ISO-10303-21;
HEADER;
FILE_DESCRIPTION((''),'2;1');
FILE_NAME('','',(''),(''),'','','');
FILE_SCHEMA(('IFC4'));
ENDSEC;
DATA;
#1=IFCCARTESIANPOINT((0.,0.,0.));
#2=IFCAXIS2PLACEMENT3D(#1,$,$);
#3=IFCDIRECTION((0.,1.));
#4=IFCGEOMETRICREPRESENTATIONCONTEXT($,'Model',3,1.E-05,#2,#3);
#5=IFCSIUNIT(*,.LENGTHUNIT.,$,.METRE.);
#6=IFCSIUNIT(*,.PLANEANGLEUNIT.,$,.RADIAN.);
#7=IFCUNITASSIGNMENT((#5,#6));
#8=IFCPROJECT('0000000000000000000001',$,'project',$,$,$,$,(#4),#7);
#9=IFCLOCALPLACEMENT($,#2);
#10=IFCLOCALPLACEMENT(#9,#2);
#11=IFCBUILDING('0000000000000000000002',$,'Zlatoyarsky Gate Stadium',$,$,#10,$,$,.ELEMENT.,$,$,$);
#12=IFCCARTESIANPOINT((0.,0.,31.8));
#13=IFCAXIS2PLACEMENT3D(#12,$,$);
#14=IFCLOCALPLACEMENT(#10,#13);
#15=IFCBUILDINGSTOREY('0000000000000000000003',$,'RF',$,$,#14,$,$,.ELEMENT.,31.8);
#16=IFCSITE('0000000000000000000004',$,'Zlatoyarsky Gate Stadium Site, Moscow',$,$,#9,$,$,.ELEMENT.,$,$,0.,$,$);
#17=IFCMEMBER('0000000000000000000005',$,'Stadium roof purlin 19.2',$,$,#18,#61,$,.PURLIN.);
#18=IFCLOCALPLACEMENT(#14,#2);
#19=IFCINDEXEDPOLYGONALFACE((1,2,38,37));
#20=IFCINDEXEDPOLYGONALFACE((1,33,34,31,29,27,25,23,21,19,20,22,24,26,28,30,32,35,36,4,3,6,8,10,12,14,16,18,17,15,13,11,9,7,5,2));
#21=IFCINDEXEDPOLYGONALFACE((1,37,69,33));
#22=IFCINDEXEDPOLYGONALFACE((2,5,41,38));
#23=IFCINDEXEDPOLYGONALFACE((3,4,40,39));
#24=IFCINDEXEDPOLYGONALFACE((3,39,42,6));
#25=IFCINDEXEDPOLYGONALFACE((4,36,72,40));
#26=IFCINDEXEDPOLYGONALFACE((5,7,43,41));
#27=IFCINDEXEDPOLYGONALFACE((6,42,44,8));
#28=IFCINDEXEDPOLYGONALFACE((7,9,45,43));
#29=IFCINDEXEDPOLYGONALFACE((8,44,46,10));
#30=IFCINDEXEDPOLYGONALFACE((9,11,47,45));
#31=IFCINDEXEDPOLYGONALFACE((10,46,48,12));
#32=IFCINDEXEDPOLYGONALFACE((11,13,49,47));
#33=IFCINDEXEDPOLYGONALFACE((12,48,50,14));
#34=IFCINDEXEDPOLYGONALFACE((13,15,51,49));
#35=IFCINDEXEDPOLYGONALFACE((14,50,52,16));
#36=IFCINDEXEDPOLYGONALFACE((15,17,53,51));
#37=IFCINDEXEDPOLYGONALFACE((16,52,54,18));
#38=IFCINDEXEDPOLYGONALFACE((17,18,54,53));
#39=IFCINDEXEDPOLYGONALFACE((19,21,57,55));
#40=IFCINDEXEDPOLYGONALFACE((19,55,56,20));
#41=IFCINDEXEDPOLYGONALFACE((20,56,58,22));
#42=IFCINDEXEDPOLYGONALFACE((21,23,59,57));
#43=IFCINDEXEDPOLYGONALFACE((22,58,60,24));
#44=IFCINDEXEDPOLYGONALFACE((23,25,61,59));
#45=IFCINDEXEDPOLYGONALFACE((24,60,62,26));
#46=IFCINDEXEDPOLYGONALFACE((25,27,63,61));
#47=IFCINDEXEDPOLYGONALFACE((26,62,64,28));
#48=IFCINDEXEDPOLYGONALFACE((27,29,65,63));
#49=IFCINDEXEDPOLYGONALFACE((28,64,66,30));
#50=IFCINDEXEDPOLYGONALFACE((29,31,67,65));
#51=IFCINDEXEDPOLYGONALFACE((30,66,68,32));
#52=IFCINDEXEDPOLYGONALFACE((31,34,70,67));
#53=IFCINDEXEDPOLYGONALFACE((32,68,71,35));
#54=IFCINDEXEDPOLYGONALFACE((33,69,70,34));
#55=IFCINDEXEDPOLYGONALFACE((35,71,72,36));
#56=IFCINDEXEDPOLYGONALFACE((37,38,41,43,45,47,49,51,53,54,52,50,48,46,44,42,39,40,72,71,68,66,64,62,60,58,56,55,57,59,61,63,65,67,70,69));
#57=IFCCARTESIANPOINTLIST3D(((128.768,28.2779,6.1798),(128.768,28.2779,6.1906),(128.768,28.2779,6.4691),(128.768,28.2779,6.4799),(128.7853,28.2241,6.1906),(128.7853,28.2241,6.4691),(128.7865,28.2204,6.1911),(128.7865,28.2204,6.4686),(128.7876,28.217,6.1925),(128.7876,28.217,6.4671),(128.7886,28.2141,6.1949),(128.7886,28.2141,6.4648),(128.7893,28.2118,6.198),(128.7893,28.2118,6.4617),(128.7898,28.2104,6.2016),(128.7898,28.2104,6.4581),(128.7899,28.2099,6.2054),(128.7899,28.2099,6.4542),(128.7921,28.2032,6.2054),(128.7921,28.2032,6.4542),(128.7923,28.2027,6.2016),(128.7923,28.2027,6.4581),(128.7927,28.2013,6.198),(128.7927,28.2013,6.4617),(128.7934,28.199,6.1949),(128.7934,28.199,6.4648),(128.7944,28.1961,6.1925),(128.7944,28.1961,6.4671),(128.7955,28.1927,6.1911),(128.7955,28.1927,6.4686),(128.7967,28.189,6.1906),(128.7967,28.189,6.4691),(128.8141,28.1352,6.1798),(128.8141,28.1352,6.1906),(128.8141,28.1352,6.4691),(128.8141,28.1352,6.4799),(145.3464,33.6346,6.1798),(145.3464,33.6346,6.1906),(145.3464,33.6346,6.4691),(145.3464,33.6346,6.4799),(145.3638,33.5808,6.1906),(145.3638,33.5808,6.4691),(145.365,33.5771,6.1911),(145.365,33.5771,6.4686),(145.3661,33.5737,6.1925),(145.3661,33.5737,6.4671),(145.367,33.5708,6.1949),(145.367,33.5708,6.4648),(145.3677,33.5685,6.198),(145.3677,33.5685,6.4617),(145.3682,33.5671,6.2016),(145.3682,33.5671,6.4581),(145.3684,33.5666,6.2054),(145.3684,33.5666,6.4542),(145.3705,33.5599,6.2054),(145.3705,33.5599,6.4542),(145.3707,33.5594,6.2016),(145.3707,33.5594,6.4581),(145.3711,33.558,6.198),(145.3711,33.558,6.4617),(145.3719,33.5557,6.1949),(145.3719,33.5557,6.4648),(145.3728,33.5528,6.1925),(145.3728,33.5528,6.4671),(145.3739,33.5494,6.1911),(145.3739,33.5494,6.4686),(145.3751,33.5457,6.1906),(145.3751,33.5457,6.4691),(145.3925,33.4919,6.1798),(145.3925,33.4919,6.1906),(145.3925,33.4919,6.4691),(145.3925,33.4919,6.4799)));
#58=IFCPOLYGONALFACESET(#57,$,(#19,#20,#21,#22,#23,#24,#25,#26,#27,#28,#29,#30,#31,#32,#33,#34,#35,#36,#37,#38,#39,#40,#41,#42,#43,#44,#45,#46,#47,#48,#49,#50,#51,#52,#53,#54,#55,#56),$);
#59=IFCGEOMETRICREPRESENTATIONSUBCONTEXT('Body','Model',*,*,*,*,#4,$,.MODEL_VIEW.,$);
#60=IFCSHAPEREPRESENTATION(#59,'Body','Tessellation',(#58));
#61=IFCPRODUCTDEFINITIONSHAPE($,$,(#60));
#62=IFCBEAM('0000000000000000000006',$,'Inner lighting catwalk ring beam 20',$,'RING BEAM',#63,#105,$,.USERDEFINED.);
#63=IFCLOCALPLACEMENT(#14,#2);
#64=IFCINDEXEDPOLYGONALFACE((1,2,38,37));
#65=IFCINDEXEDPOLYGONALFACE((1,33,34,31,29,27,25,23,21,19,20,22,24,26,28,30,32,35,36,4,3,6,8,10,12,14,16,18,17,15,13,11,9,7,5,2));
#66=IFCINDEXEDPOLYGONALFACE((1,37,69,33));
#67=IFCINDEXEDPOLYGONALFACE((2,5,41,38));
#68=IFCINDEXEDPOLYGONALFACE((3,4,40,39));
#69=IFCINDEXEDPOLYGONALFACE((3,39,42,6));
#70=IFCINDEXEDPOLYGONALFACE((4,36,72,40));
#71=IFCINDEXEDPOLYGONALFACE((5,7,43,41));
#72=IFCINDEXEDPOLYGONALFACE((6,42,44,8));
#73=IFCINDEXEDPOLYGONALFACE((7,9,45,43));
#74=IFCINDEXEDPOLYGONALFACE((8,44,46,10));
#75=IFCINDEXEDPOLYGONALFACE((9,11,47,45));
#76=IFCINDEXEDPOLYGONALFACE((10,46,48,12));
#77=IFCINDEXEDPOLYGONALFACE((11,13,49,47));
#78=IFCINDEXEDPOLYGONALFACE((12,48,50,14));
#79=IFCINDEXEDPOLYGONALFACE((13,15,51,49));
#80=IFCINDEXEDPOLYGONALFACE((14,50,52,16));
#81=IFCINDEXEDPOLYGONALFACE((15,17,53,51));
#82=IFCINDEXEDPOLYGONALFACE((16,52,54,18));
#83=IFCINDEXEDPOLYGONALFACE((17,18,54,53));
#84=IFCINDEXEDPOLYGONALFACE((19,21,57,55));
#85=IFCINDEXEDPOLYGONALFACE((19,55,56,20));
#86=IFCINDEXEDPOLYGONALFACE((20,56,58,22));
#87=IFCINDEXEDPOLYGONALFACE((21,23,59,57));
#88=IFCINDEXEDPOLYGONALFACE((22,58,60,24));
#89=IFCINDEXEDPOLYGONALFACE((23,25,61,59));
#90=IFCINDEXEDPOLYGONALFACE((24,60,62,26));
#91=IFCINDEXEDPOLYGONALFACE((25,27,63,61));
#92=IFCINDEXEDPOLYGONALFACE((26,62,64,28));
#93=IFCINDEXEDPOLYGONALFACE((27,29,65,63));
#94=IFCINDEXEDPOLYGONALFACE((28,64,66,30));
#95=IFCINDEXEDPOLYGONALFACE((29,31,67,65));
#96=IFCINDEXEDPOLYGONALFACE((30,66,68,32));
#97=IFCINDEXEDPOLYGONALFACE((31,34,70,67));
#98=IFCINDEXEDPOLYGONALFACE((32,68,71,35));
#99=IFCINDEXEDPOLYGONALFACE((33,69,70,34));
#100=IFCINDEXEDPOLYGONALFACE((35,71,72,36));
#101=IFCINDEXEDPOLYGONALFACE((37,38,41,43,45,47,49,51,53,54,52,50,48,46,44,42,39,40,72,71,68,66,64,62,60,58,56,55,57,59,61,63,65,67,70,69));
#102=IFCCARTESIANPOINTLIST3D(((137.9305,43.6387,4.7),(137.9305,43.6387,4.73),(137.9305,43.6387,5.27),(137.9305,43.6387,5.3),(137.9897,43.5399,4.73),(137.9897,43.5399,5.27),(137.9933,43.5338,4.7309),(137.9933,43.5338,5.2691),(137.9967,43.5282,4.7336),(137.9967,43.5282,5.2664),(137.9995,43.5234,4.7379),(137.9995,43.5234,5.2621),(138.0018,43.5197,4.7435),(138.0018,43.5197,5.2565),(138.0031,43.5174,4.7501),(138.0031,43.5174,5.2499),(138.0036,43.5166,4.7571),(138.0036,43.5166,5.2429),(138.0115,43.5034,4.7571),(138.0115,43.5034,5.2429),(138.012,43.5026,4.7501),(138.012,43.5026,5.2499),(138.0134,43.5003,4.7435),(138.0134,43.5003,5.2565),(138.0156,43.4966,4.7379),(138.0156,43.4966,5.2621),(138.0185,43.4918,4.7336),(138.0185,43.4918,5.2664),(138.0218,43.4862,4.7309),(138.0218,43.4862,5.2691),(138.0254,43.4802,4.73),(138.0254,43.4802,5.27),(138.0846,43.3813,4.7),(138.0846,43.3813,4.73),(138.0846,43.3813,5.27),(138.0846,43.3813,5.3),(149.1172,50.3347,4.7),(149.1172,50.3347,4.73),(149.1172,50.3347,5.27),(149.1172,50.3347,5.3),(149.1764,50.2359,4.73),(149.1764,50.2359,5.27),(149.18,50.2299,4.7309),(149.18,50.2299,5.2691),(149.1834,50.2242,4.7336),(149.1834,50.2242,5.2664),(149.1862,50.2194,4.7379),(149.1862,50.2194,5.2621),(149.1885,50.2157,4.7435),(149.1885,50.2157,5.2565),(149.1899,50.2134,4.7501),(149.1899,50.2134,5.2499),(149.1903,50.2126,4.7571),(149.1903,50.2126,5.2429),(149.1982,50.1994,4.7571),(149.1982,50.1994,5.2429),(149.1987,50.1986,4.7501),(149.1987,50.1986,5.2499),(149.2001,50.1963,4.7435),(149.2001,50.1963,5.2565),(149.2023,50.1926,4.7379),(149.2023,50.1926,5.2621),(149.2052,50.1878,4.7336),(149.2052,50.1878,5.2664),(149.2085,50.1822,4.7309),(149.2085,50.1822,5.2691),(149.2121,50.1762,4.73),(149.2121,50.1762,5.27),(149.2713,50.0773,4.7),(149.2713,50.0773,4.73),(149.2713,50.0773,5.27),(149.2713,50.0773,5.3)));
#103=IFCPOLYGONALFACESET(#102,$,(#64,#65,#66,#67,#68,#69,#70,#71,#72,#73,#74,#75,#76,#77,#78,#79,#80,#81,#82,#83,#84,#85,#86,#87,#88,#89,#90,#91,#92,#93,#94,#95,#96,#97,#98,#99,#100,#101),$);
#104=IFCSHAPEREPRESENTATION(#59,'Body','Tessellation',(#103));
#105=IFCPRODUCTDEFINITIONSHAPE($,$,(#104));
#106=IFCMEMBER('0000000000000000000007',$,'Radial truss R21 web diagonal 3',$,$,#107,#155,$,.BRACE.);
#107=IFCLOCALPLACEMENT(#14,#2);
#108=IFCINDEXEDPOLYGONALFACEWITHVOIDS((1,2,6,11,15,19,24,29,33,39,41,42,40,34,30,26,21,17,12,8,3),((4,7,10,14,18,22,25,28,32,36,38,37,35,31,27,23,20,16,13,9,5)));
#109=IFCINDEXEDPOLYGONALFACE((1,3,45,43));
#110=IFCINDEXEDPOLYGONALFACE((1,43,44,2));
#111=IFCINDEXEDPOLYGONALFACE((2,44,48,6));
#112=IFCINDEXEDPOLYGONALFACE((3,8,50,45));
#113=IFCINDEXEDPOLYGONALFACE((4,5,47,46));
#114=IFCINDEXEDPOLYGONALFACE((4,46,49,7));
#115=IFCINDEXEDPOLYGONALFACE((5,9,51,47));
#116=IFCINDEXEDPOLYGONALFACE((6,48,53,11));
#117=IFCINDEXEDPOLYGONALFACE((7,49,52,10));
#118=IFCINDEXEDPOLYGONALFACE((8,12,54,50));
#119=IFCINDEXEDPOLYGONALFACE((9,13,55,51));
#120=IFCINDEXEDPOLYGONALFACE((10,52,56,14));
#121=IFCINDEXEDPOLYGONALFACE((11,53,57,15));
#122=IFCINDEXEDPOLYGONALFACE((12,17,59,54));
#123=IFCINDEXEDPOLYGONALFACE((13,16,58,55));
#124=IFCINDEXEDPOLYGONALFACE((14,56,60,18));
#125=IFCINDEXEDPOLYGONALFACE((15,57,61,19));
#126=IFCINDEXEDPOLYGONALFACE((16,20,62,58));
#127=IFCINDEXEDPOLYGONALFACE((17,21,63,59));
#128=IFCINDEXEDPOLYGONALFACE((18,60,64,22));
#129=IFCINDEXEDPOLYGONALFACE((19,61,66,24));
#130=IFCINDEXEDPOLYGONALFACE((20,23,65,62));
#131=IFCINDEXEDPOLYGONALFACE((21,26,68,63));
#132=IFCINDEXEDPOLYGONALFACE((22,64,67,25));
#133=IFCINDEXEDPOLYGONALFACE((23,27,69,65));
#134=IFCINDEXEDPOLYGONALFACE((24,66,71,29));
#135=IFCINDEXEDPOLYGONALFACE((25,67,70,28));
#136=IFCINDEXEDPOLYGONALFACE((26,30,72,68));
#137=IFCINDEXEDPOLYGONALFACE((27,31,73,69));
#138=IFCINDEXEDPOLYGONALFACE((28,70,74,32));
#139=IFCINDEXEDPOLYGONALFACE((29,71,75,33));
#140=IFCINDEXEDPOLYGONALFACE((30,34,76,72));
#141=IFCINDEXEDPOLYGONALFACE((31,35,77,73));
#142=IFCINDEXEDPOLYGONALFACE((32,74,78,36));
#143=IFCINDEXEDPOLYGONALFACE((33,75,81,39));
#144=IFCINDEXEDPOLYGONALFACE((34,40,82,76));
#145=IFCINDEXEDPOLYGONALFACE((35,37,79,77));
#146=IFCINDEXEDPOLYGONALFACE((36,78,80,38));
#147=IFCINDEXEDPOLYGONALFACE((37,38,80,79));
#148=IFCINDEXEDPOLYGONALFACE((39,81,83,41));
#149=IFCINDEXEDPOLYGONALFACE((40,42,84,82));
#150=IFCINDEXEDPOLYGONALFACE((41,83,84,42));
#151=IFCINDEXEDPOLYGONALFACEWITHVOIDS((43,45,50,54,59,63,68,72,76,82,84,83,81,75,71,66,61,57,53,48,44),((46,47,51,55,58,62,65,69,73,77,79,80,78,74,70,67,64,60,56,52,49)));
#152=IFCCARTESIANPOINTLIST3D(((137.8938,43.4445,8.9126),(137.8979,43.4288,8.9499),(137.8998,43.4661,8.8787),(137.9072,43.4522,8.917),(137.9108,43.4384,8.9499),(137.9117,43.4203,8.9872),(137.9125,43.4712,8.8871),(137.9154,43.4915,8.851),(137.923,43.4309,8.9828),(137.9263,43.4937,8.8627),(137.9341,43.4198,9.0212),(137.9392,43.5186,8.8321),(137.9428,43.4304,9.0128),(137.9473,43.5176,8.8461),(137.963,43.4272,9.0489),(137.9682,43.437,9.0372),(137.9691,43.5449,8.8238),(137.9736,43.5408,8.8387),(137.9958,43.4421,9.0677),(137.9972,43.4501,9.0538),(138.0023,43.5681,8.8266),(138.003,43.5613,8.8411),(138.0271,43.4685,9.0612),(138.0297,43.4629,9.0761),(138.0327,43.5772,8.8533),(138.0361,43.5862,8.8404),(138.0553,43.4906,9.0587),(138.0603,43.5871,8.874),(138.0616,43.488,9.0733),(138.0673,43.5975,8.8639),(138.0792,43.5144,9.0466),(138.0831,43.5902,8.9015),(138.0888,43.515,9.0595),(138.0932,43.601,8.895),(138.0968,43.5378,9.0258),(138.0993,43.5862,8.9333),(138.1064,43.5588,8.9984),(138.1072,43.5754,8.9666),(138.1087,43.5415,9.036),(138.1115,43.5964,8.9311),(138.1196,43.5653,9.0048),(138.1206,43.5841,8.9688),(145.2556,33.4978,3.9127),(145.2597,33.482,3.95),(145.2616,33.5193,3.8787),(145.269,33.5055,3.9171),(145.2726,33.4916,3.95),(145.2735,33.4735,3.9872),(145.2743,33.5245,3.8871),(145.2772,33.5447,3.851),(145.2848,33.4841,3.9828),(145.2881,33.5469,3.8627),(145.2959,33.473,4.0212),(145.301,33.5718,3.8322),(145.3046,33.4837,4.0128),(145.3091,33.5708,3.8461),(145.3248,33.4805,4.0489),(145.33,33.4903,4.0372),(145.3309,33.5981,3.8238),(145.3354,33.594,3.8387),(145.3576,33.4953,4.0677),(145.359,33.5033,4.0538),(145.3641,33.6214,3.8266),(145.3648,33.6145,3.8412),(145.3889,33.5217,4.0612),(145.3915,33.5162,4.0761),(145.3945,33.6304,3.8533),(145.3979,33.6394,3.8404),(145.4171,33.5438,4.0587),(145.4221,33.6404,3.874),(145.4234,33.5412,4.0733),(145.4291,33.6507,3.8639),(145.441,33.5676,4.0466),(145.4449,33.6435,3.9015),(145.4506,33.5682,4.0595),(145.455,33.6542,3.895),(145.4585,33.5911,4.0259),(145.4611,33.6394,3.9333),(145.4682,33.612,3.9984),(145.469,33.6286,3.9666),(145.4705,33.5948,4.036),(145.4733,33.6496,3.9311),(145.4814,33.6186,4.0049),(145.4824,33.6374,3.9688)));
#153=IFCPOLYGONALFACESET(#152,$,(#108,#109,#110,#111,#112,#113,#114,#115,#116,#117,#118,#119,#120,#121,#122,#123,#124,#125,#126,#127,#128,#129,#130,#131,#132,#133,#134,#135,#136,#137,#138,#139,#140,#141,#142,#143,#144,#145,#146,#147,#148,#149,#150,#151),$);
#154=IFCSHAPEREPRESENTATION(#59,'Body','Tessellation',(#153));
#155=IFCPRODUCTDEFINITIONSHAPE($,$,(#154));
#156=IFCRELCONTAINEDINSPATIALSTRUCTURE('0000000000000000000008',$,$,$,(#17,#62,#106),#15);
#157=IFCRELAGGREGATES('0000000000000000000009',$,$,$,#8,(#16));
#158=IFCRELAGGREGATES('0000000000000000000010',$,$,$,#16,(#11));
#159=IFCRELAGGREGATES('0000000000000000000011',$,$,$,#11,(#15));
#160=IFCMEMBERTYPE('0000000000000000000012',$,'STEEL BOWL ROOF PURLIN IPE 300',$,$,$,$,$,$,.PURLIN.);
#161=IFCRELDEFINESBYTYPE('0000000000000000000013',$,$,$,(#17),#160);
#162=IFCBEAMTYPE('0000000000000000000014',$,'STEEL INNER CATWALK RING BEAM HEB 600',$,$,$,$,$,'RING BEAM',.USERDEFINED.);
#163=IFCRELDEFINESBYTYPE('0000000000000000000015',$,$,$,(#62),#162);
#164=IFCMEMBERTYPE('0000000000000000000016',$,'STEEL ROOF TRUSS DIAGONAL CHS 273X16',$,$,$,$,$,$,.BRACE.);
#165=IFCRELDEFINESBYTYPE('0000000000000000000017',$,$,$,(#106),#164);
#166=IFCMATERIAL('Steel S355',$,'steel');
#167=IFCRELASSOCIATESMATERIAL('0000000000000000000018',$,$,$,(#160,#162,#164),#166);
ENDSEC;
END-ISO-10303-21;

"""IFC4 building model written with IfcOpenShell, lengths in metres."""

from ifc_helpers import new_model, si_unit, direction, frame, origin, origin_2d, place, context, subcontext, project, spatial, hollow_circle, i_section, extrude, material, material_profile, profile_set, type_object, element, save


model = new_model("IFC4")

# Units and contexts
model_context = context("Model", 3, precision=1e-05, world=origin(), true_north=direction((0.0, 1.0)))
body_context = subcontext(model_context, "Body", "Model", "MODEL_VIEW")
ifc_project = project(units=[si_unit("LENGTHUNIT", "METRE"), si_unit("PLANEANGLEUNIT", "RADIAN")], contexts=[model_context])

# Site, building, storey
site_placement = place(None, origin())
site = spatial("IfcSite", under=ifc_project, at=site_placement, Name="Zlatoyarsky Gate Stadium Site, Moscow", CompositionType="ELEMENT", RefElevation=0.0)
building_placement = place(site_placement, origin())
building = spatial("IfcBuilding", under=site, at=building_placement, Name="Zlatoyarsky Gate Stadium", CompositionType="ELEMENT")
storey_placement = place(building_placement, frame((0.0, 0.0, 31.8)))
storey = spatial("IfcBuildingStorey", under=building, at=storey_placement, Name="RF", CompositionType="ELEMENT", Elevation=31.8)

# Member
ifc_material_1 = material(Name="Steel S355", Category="steel")
ifc_material_profile_1 = material_profile(ifc_material_1, i_section(OverallWidth=0.1499, OverallDepth=0.3, WebThickness=0.0071, FlangeThickness=0.0107, FilletRadius=0.0149, at=origin_2d()), Name="IPE 300")
ifc_profile_set_1 = profile_set([ifc_material_profile_1], Name="Steel S355")
member_type_1 = type_object("IfcMemberType", Name="STEEL BOWL ROOF PURLIN IPE 300", PredefinedType="PURLIN", material=ifc_profile_set_1)
member_1_placement = place(storey_placement, frame((128.791, 28.2065, 6.3298), z_axis=(0.95156, 0.307462, 0.0), x_axis=(-0.307462, 0.95156, 0.0)))
element("IfcMember", 1, at=member_1_placement, inside=storey, type_object=member_type_1, Name="Stadium roof purlin 19.2", PredefinedType="PURLIN", context=body_context, shape_type="SweptSolid", body=[
    extrude(i_section(OverallWidth=0.1499, OverallDepth=0.3, WebThickness=0.0071, FlangeThickness=0.0107, FilletRadius=0.0149, at=origin_2d()), origin(), (0.0, 0.0, 1.0), 17.4224),
])

# Beam
ifc_material_profile_2 = material_profile(ifc_material_1, i_section(OverallWidth=0.3, OverallDepth=0.6001, WebThickness=0.0154, FlangeThickness=0.03, FilletRadius=0.0271, at=origin_2d()), Name="HEB 600")
ifc_profile_set_2 = profile_set([ifc_material_profile_2], Name="Steel S355")
beam_type = type_object("IfcBeamType", Name="STEEL INNER CATWALK RING BEAM HEB 600", ElementType="RING BEAM", PredefinedType="USERDEFINED", material=ifc_profile_set_2)
beam_placement = place(storey_placement, frame((138.0076, 43.51, 5.0), z_axis=(0.858034, 0.513592, 0.0), x_axis=(-0.513592, 0.858034, 0.0)))
element("IfcBeam", 2, at=beam_placement, inside=storey, type_object=beam_type, Name="Inner lighting catwalk ring beam 20", ObjectType="RING BEAM", PredefinedType="USERDEFINED", context=body_context, shape_type="SweptSolid", body=[
    extrude(i_section(OverallWidth=0.3, OverallDepth=0.6001, WebThickness=0.0154, FlangeThickness=0.03, FilletRadius=0.0271, at=origin_2d()), origin(), (0.0, 0.0, 1.0), 13.0376),
])

# Member
ifc_material_profile_3 = material_profile(ifc_material_1, hollow_circle(Radius=0.1365, WallThickness=0.0161, at=origin_2d()), Name="CHS 273X16")
ifc_profile_set_3 = profile_set([ifc_material_profile_3], Name="Steel S355")
member_type_2 = type_object("IfcMemberType", Name="STEEL ROOF TRUSS DIAGONAL CHS 273X16", PredefinedType="BRACE", material=ifc_profile_set_3)
member_2_placement = place(storey_placement, frame((145.3694, 33.5632, 3.95), z_axis=(-0.551583, 0.745261, 0.374624), x_axis=(-0.803795, -0.594906, 0.0)))
element("IfcMember", 3, at=member_2_placement, inside=storey, type_object=member_type_2, Name="Radial truss R21 web diagonal 3", PredefinedType="BRACE", context=body_context, shape_type="SweptSolid", body=[
    extrude(hollow_circle(Radius=0.1365, WallThickness=0.0161, at=origin_2d()), origin(), (0.0, 0.0, 1.0), 13.3467),
])

save(model, "model.ifc")
